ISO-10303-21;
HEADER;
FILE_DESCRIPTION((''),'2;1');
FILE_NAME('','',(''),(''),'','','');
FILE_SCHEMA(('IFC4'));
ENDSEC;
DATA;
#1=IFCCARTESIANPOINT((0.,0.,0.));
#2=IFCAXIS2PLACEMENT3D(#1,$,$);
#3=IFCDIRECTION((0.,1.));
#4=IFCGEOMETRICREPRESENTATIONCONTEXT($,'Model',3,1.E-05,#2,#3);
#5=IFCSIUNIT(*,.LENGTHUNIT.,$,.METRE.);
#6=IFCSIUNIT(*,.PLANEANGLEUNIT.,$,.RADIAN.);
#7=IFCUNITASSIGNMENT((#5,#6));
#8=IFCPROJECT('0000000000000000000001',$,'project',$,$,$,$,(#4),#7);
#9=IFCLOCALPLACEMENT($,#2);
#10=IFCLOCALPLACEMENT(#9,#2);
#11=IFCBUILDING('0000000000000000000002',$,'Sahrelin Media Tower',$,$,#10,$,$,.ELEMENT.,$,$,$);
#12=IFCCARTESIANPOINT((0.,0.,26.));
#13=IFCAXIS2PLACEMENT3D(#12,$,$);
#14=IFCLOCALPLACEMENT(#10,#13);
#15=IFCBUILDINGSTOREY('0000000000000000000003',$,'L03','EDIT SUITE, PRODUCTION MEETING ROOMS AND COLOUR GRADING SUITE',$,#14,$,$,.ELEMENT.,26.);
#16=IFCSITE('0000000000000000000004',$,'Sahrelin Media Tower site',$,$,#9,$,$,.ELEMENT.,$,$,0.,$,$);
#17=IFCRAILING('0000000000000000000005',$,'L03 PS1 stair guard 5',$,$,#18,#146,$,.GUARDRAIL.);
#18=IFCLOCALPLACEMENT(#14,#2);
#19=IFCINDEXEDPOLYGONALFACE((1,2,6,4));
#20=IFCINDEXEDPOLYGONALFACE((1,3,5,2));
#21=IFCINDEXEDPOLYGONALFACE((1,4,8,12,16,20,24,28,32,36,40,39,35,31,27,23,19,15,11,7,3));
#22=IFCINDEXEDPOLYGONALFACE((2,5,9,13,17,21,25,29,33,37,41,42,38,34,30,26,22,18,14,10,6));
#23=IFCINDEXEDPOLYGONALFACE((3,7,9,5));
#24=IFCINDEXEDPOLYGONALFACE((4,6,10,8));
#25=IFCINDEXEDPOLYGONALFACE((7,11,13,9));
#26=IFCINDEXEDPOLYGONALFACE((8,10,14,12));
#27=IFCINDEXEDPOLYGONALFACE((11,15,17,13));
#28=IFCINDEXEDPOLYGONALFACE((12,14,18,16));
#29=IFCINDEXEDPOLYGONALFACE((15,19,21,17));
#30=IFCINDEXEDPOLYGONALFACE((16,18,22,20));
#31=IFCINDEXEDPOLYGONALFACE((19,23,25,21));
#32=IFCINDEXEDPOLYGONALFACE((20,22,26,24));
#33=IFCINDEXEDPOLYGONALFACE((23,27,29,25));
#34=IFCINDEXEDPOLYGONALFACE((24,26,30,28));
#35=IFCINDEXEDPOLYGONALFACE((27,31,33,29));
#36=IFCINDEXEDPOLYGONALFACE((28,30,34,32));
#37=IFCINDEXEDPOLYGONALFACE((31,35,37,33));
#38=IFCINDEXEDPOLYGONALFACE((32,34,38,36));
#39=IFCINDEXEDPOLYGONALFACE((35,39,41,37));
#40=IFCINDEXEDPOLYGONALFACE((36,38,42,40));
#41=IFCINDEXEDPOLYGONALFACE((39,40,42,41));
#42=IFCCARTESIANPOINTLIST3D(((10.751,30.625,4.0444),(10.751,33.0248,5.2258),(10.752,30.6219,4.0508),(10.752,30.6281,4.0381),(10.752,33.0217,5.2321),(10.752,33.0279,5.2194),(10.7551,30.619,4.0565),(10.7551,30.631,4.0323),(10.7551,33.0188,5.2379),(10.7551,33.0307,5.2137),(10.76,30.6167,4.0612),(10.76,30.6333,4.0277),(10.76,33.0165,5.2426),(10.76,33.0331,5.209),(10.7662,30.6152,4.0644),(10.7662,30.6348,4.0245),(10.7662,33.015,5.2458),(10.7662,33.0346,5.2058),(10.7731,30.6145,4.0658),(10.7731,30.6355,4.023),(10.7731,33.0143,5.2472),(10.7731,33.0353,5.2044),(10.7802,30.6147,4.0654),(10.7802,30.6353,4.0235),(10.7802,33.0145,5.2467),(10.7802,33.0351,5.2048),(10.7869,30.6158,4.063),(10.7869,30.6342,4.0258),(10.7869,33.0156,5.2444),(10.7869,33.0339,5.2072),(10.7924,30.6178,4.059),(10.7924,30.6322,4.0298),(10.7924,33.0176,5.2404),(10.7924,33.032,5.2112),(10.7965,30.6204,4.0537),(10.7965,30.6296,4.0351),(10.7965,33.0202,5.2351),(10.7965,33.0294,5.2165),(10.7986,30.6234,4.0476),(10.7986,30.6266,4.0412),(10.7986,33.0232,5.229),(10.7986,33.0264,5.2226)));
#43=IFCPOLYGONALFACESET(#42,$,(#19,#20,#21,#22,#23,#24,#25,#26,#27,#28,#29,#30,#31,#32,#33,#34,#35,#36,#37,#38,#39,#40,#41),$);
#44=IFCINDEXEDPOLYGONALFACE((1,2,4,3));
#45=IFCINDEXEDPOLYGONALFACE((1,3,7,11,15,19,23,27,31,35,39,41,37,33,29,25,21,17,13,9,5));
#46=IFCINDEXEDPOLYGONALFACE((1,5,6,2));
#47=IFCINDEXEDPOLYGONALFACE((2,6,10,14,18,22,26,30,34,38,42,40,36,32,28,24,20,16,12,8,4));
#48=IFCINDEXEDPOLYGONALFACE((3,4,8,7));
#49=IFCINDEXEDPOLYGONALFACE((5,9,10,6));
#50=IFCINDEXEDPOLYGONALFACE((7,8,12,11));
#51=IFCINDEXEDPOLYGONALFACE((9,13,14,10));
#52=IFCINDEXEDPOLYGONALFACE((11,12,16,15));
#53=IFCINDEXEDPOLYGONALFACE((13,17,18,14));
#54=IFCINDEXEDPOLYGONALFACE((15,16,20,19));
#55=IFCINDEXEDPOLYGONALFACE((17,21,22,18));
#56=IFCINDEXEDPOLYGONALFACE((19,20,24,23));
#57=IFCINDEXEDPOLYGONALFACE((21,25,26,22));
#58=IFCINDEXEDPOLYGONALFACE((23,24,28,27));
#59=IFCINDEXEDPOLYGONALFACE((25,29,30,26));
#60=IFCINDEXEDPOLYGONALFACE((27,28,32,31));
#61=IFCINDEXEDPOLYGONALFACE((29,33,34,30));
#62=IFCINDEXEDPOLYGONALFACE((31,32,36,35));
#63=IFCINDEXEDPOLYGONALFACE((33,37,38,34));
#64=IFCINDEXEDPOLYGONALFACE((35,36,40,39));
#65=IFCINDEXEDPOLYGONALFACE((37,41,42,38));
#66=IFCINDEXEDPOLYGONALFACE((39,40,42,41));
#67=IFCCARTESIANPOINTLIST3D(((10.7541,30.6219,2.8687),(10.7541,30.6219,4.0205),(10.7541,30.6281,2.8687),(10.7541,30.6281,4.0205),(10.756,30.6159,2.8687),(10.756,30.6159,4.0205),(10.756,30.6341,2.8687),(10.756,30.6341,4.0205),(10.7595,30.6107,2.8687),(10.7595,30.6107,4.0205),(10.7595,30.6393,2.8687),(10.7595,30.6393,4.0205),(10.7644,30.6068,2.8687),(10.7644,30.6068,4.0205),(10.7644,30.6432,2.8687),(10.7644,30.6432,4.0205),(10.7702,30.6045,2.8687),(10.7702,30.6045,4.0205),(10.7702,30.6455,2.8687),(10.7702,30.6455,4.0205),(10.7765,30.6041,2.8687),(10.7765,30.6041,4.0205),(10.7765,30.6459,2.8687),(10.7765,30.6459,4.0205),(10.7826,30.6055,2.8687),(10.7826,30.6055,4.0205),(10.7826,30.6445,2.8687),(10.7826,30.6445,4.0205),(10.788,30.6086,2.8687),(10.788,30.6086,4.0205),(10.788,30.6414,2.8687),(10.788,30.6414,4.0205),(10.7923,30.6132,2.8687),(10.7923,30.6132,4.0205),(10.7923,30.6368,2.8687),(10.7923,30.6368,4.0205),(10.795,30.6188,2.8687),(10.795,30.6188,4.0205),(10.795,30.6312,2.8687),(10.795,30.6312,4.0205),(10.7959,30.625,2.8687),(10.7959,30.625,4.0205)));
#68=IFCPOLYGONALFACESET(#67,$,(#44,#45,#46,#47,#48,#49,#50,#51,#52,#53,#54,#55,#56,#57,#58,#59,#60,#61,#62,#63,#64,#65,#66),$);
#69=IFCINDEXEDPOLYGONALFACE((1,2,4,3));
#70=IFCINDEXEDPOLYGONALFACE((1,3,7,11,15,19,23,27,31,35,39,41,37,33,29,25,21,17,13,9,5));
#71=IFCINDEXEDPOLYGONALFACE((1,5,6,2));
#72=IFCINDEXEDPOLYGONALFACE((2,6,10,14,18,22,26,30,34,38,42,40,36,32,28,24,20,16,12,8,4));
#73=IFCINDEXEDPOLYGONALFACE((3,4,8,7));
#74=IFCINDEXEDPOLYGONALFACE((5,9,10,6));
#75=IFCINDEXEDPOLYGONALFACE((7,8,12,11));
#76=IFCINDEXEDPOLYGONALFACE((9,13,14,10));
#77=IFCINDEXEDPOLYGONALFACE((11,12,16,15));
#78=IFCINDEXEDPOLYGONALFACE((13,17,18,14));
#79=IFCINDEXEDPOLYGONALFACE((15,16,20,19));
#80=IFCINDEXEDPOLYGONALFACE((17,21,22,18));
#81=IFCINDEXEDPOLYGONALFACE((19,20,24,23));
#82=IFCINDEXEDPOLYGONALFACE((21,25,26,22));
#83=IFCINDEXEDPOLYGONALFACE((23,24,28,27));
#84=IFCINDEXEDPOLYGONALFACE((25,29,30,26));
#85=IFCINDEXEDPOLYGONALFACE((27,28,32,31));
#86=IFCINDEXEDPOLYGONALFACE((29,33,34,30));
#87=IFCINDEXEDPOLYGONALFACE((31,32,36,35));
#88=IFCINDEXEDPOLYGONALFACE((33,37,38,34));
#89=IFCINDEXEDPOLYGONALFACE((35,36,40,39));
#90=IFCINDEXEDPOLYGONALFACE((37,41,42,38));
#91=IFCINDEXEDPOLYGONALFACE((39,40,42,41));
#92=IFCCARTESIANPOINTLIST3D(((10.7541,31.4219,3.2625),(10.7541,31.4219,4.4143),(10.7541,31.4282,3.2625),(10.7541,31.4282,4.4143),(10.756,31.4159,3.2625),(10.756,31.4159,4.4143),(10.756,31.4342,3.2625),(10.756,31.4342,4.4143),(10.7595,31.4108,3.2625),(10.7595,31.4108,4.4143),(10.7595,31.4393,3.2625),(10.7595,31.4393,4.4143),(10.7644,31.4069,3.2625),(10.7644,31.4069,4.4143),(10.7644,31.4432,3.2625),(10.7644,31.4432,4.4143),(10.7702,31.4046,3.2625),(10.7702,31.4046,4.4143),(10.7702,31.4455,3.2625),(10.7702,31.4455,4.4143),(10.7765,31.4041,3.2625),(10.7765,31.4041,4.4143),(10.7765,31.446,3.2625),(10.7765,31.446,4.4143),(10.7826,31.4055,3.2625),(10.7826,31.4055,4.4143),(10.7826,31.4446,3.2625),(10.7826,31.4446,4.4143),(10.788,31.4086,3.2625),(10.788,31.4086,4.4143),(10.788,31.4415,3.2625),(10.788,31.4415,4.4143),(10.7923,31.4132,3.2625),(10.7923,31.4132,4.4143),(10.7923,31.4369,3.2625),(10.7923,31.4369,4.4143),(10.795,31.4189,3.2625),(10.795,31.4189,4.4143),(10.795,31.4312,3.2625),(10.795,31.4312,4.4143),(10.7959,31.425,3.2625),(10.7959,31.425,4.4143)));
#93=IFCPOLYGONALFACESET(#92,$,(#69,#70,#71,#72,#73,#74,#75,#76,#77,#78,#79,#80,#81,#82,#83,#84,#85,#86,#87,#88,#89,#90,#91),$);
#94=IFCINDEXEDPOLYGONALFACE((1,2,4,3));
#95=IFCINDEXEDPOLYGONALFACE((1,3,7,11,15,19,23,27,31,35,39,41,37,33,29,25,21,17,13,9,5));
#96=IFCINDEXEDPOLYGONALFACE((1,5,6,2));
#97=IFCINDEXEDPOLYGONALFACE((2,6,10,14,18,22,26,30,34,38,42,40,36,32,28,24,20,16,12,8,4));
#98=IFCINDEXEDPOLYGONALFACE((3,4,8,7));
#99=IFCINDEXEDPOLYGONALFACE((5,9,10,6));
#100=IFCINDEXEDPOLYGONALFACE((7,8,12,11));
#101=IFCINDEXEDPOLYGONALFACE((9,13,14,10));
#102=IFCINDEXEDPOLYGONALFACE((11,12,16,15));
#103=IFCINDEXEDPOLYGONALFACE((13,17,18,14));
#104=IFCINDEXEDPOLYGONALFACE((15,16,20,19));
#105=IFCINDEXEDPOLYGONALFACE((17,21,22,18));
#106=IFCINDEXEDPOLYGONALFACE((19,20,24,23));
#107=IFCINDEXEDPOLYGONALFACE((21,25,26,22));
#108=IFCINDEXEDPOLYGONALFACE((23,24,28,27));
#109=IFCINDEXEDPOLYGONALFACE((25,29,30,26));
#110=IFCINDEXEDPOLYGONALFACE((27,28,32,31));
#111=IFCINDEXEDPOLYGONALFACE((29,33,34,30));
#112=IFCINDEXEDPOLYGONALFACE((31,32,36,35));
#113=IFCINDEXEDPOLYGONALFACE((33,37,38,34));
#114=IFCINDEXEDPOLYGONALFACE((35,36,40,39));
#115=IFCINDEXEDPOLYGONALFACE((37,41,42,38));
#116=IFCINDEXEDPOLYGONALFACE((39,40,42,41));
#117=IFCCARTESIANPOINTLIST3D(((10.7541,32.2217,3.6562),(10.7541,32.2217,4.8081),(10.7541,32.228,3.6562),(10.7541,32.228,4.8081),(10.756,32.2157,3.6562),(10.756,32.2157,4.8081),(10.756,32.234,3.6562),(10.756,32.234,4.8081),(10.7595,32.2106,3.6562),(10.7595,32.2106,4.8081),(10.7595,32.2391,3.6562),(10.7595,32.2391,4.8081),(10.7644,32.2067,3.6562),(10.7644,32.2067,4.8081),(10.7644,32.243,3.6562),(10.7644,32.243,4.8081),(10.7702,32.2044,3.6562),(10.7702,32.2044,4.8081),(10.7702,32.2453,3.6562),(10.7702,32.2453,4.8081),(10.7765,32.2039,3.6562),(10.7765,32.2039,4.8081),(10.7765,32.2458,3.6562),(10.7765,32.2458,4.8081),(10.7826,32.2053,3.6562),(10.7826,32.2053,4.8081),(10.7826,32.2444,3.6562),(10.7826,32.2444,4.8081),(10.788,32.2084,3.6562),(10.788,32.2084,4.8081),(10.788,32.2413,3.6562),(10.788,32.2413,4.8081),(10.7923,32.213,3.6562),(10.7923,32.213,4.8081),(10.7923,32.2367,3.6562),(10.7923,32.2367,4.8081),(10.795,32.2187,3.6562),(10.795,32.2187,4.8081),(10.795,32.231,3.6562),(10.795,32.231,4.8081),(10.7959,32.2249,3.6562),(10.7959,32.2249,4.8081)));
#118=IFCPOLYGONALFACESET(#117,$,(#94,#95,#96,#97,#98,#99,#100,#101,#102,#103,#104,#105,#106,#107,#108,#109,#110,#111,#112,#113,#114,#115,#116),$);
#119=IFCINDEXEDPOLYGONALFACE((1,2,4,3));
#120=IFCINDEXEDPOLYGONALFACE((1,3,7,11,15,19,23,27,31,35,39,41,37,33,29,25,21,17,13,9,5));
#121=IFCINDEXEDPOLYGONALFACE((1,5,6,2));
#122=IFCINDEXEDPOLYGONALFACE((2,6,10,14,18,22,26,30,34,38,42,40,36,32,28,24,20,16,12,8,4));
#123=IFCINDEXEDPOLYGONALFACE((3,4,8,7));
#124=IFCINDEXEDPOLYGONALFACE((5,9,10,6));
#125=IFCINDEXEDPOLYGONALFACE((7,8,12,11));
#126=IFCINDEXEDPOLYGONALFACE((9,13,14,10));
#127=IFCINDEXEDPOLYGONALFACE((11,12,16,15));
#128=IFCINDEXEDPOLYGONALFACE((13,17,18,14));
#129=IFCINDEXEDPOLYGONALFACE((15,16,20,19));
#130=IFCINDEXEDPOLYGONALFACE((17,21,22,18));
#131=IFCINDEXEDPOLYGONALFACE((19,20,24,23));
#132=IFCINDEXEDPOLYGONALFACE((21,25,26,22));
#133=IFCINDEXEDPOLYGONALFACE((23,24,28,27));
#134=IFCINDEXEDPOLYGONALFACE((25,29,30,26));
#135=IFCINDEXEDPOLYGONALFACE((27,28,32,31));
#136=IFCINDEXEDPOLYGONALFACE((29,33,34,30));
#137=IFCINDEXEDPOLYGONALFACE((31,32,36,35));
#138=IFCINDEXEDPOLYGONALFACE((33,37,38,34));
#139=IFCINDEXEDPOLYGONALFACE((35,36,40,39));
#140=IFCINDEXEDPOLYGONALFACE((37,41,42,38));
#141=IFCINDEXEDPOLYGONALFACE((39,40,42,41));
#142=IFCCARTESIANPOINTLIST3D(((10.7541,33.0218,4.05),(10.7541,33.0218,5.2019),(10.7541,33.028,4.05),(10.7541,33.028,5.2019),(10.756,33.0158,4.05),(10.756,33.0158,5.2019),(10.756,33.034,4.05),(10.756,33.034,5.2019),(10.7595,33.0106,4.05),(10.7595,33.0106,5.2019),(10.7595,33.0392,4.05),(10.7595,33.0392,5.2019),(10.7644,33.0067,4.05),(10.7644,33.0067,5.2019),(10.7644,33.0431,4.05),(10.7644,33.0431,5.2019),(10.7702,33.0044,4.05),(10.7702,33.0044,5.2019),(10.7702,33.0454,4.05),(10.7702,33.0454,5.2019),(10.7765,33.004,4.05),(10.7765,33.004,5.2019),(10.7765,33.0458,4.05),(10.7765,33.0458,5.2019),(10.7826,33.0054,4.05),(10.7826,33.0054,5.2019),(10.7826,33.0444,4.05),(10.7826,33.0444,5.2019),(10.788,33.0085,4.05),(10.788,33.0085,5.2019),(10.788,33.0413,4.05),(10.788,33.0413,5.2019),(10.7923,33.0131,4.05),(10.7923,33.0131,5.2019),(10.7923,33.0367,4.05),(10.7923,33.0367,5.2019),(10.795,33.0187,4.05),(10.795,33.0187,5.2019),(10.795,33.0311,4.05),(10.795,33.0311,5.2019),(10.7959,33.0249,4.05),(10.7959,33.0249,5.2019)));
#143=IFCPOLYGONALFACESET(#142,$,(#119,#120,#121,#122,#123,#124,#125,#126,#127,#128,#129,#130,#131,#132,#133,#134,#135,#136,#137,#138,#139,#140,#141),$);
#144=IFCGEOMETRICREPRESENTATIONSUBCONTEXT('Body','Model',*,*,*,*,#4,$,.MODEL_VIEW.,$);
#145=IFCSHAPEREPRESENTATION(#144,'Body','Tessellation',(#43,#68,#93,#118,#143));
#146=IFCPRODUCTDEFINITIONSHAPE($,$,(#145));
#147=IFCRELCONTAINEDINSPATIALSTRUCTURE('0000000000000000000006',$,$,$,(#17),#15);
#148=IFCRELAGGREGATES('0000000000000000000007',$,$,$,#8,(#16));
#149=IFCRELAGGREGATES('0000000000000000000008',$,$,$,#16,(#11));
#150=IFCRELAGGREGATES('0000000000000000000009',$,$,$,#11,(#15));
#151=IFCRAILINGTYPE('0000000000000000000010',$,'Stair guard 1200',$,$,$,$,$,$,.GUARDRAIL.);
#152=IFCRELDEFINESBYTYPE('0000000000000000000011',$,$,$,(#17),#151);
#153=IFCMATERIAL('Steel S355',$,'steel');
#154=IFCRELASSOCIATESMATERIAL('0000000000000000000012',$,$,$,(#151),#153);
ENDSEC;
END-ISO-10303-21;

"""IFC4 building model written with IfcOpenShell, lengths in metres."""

from ifc_helpers import new_model, si_unit, direction, frame, origin, origin_2d, place, context, subcontext, project, spatial, circle, extrude, material, type_object, element, save


model = new_model("IFC4")

# Units and contexts
model_context = context("Model", 3, precision=1e-05, world=origin(), true_north=direction((0.0, 1.0)))
body_context = subcontext(model_context, "Body", "Model", "MODEL_VIEW")
ifc_project = project(units=[si_unit("LENGTHUNIT", "METRE"), si_unit("PLANEANGLEUNIT", "RADIAN")], contexts=[model_context])

# Site, building, storey
site_placement = place(None, origin())
site = spatial("IfcSite", under=ifc_project, at=site_placement, Name="Sahrelin Media Tower site", CompositionType="ELEMENT", RefElevation=0.0)
building_placement = place(site_placement, origin())
building = spatial("IfcBuilding", under=site, at=building_placement, Name="Sahrelin Media Tower", CompositionType="ELEMENT")
storey_placement = place(building_placement, frame((0.0, 0.0, 26.0)))
storey = spatial("IfcBuildingStorey", under=building, at=storey_placement, Name="L03", Description="EDIT SUITE, PRODUCTION MEETING ROOMS AND COLOUR GRADING SUITE", CompositionType="ELEMENT", Elevation=26.0)

# Shared definitions
ifc_material_1 = material(Name="Steel S355", Category="steel")

# Railing
railing_type_1 = type_object("IfcRailingType", Name="Stair guard 1200", PredefinedType="GUARDRAIL", material=ifc_material_1)
railing_1_placement = place(storey_placement, frame((10.7749, 30.625, 2.8687)))
element("IfcRailing", 1, at=railing_1_placement, inside=storey, type_object=railing_type_1, Name="L03 PS1 stair guard 5", PredefinedType="GUARDRAIL", context=body_context, shape_type="SweptSolid", body=[
    extrude(circle(Radius=0.0239, at=origin_2d()), frame((0.0, 0.0, 1.1758), z_axis=(0.0, 0.897185, 0.441656), x_axis=(-1.0, 0.0, 0.0)), (0.0, 0.0, 1.0), 2.6748),
    extrude(circle(Radius=0.021, at=origin_2d()), origin(), (0.0, 0.0, 1.0), 1.1519),
    extrude(circle(Radius=0.021, at=origin_2d()), frame((0.0, 0.8, 0.3938)), (0.0, 0.0, 1.0), 1.1519),
    extrude(circle(Radius=0.021, at=origin_2d()), frame((0.0, 1.5999, 0.7876)), (0.0, 0.0, 1.0), 1.1519),
    extrude(circle(Radius=0.021, at=origin_2d()), frame((0.0, 2.3999, 1.1814)), (0.0, 0.0, 1.0), 1.1519),
])

save(model, "model.ifc")
